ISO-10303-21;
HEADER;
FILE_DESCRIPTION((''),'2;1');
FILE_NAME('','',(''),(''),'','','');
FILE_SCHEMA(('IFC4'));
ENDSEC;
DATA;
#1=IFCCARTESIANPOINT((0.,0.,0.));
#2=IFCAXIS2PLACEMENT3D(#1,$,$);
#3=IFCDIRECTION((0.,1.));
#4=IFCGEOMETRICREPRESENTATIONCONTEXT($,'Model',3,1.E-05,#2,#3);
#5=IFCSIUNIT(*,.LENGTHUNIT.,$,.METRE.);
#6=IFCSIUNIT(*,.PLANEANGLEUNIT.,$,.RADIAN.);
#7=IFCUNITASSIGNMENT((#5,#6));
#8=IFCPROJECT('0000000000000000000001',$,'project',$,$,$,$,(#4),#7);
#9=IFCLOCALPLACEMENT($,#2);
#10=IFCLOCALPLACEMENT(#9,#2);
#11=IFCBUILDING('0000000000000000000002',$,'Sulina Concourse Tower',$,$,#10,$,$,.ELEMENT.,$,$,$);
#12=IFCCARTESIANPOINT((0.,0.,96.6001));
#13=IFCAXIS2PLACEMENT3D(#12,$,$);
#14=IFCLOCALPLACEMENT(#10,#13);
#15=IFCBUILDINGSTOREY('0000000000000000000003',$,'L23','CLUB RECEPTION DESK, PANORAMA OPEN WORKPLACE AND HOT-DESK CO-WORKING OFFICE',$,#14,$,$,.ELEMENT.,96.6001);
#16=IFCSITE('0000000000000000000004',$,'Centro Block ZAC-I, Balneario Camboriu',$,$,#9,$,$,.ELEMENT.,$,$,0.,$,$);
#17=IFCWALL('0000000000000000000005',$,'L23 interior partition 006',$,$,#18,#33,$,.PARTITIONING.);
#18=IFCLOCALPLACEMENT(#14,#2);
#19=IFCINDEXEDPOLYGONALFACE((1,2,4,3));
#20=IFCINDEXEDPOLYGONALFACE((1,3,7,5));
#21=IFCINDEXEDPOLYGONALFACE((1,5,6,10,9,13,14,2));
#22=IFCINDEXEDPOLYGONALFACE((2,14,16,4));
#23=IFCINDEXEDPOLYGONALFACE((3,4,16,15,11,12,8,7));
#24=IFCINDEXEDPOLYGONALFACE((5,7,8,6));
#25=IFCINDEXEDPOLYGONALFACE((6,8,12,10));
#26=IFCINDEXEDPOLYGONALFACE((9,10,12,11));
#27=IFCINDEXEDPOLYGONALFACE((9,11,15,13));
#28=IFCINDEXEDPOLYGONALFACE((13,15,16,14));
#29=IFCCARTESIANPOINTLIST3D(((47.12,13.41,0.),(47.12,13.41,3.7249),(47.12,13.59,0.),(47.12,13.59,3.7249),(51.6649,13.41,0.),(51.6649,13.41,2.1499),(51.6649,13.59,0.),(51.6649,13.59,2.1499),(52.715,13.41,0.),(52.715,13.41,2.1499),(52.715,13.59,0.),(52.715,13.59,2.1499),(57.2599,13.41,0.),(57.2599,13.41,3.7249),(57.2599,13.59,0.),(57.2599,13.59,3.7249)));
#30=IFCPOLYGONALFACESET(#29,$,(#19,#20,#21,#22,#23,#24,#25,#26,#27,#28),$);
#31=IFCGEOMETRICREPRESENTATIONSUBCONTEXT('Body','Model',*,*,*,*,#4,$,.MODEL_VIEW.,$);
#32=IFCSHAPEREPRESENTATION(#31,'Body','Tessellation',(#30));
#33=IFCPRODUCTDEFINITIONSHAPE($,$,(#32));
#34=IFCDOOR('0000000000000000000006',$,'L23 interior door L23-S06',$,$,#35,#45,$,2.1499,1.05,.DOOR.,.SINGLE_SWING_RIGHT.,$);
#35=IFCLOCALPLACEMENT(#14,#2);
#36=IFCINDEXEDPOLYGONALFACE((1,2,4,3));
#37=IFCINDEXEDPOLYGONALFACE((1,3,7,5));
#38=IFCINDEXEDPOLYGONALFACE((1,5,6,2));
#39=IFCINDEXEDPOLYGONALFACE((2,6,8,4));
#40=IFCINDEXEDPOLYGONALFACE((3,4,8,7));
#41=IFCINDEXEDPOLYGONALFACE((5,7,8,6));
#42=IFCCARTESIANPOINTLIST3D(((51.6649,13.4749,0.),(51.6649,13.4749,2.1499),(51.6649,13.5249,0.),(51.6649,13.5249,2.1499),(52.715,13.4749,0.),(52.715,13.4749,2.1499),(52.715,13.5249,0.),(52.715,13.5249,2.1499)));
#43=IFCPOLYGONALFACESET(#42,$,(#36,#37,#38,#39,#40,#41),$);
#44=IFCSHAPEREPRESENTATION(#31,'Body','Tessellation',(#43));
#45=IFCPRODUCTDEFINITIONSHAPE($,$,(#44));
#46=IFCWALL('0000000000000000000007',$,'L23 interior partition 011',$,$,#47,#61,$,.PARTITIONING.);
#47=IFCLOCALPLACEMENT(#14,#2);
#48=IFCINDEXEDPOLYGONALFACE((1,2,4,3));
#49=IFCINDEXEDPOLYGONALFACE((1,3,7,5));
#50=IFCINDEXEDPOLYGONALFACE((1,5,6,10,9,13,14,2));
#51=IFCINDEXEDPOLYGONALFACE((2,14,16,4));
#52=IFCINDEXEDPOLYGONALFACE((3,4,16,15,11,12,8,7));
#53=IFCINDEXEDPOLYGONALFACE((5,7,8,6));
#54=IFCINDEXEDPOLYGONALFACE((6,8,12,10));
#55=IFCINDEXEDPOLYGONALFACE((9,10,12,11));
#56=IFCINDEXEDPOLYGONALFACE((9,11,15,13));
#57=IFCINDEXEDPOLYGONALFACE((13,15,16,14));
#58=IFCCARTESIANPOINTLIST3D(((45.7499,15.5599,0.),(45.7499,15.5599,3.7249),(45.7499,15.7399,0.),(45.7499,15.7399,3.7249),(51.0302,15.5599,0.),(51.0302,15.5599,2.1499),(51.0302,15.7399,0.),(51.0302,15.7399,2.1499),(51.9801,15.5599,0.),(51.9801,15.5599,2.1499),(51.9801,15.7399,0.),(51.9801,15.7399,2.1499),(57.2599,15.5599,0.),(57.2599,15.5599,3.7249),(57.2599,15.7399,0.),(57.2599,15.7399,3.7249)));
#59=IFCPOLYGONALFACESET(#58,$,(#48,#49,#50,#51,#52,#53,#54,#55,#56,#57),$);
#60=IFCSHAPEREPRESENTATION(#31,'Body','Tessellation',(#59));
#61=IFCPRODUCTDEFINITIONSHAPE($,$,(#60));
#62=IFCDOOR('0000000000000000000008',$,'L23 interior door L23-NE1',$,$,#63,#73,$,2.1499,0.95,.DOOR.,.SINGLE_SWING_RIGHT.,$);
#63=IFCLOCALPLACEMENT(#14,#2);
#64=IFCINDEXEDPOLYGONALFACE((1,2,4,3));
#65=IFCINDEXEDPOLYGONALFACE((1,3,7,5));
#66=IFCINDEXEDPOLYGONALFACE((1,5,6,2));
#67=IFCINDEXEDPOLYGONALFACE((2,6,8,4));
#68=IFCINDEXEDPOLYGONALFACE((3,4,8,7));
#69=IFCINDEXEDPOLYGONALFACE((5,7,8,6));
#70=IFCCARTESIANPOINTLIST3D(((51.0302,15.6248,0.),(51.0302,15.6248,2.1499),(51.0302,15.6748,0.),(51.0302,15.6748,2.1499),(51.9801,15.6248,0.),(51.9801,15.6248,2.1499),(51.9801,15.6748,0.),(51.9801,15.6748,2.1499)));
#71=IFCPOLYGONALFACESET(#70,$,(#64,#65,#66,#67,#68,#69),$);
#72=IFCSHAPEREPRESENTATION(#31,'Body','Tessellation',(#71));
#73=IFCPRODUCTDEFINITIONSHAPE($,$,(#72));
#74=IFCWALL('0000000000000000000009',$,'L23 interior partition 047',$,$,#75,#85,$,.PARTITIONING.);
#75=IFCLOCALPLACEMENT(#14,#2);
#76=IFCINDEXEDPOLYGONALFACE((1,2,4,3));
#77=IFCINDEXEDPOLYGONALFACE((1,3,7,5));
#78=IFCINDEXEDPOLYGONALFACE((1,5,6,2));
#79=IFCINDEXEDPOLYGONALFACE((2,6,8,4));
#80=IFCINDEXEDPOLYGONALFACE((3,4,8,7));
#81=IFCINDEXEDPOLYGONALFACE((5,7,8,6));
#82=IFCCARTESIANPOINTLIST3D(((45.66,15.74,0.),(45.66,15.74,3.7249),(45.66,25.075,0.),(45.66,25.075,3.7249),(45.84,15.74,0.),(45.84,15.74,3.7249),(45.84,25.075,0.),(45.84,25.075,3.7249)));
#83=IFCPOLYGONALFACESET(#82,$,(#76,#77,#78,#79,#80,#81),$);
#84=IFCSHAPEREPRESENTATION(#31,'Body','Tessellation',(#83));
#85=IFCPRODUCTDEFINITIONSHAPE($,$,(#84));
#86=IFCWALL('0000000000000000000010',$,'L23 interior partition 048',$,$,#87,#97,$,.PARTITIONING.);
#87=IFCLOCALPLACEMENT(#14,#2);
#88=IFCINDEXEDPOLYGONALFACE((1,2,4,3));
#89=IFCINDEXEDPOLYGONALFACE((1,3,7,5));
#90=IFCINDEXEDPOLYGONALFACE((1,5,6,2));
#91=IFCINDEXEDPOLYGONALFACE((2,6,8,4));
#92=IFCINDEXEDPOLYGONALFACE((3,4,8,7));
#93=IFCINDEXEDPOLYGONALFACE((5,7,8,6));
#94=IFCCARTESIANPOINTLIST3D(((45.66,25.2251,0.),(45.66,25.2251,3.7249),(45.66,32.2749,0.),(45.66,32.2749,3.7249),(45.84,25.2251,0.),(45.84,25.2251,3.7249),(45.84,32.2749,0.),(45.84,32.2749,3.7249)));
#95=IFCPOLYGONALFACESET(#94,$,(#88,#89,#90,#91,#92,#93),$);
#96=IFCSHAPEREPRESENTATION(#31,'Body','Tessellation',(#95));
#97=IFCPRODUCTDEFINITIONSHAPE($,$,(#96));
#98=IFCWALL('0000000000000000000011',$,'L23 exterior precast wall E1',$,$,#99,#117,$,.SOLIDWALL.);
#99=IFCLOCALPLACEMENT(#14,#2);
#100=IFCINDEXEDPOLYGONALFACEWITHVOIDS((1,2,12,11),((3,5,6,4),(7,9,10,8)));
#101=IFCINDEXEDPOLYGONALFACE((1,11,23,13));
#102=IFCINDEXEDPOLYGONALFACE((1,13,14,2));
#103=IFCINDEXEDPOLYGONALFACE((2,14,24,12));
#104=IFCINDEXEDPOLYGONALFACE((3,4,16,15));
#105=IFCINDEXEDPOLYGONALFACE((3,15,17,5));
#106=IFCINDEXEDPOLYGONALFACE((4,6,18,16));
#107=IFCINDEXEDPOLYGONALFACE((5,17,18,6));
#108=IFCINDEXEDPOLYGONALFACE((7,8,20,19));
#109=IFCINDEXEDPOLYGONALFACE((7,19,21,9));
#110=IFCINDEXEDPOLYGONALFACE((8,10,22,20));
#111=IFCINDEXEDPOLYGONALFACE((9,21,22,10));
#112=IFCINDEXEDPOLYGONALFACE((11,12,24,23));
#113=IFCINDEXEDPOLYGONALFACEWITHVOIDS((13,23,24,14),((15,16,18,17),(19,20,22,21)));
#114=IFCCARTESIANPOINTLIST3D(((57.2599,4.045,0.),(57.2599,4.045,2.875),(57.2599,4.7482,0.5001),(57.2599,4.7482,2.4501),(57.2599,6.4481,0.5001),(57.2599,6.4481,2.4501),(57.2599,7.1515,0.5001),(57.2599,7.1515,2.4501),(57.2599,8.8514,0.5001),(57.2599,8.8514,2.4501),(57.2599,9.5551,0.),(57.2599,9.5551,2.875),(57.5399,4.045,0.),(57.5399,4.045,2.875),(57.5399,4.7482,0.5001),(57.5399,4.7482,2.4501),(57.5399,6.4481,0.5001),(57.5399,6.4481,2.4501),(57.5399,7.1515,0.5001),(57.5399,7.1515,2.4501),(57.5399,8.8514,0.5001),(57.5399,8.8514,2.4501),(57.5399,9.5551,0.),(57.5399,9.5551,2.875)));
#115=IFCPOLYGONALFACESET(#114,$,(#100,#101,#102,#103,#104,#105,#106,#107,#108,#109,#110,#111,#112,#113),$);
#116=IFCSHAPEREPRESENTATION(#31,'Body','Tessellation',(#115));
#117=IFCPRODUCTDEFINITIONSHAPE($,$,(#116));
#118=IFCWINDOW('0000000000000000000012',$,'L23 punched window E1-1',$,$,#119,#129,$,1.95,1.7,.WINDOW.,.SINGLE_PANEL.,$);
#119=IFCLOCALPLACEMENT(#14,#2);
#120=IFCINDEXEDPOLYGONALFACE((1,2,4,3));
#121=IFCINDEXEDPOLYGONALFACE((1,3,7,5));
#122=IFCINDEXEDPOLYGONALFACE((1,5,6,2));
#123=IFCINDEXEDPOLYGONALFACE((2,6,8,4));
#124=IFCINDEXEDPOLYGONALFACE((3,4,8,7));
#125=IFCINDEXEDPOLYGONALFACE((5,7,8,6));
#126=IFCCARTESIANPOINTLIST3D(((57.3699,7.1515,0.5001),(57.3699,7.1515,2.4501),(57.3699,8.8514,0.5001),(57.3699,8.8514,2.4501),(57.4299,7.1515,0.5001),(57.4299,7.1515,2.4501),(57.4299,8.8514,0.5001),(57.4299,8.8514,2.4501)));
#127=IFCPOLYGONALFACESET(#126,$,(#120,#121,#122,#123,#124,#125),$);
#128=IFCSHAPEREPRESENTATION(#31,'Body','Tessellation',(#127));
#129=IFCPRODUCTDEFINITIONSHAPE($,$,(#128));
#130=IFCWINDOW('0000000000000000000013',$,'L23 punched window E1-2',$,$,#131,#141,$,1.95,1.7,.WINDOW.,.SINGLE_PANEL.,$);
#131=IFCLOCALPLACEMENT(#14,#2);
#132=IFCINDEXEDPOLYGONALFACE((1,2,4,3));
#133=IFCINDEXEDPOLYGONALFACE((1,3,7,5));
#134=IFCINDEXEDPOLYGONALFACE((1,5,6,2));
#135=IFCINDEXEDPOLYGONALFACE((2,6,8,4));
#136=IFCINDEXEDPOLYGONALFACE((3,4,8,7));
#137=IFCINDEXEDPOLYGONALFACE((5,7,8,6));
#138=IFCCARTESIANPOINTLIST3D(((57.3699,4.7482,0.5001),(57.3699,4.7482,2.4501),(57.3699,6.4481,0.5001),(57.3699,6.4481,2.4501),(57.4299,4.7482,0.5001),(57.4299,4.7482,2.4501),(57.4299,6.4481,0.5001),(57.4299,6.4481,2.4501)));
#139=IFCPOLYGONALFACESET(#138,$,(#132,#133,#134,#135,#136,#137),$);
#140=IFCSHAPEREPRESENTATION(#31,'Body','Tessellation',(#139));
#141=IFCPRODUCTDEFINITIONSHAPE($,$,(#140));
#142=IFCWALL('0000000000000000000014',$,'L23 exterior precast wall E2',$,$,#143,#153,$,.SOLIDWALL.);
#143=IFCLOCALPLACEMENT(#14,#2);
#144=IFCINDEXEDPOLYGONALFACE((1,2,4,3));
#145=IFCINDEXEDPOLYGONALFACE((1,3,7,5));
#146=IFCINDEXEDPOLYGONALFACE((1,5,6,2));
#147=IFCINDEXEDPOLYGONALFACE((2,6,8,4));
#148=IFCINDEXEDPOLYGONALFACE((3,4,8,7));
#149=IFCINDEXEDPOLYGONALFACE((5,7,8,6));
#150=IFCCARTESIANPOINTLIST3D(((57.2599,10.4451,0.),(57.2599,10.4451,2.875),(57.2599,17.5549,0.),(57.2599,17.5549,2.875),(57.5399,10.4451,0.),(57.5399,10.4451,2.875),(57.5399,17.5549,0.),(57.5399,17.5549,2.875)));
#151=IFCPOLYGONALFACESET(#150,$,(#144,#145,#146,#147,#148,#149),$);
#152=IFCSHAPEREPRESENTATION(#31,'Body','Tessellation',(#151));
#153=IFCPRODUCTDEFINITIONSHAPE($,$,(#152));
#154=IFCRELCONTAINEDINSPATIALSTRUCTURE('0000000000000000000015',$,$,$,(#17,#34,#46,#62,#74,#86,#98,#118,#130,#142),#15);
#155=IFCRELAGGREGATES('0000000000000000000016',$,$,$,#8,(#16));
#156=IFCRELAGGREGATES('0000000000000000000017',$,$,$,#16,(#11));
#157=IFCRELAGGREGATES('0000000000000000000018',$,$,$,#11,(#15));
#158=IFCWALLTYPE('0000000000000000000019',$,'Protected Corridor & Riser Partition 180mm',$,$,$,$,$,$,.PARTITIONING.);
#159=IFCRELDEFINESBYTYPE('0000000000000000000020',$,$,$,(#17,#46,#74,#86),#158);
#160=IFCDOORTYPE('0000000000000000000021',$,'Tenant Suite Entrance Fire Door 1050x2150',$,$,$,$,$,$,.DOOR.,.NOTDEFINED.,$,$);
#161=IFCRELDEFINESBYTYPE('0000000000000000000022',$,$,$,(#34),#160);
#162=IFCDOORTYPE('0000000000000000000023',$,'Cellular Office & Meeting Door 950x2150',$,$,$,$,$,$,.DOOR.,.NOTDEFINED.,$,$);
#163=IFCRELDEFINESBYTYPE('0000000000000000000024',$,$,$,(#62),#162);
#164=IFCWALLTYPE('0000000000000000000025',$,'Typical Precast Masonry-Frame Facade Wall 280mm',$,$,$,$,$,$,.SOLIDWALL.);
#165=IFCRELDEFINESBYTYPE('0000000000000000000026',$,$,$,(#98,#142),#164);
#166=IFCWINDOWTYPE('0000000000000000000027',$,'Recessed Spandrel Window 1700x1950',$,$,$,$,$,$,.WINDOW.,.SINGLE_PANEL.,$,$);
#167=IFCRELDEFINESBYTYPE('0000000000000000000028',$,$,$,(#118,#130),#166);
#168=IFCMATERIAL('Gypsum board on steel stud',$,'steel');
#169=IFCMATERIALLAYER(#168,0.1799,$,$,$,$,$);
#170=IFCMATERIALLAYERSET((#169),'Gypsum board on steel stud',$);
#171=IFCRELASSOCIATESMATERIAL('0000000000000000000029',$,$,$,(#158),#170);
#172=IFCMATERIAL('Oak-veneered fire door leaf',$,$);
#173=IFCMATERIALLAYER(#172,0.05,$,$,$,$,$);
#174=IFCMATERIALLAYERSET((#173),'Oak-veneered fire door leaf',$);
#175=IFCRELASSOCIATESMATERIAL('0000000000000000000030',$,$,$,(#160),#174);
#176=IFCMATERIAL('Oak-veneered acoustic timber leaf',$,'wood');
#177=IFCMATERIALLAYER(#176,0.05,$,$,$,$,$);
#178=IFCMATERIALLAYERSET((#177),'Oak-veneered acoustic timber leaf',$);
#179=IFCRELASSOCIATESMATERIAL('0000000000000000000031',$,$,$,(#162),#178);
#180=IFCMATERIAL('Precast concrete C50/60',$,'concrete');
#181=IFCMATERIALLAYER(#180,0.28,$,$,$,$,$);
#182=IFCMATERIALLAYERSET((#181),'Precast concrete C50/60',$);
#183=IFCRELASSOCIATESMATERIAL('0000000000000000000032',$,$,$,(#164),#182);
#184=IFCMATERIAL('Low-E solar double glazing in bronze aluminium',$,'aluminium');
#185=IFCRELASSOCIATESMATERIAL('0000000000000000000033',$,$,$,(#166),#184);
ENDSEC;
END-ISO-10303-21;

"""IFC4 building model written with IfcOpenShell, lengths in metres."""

from ifc_helpers import new_model, si_unit, direction, frame, frame_2d, origin, place, context, subcontext, project, spatial, rectangle, extrude, material, layer, layer_set, type_object, element, fill, save


model = new_model("IFC4")

# Units and contexts
model_context = context("Model", 3, precision=1e-05, world=origin(), true_north=direction((0.0, 1.0)))
body_context = subcontext(model_context, "Body", "Model", "MODEL_VIEW")
ifc_project = project(units=[si_unit("LENGTHUNIT", "METRE"), si_unit("PLANEANGLEUNIT", "RADIAN")], contexts=[model_context])

# Site, building, storey
site_placement = place(None, origin())
site = spatial("IfcSite", under=ifc_project, at=site_placement, Name="Centro Block ZAC-I, Balneario Camboriu", CompositionType="ELEMENT", RefElevation=0.0)
building_placement = place(site_placement, origin())
building = spatial("IfcBuilding", under=site, at=building_placement, Name="Sulina Concourse Tower", CompositionType="ELEMENT")
storey_placement = place(building_placement, frame((0.0, 0.0, 96.6001)))
storey = spatial("IfcBuildingStorey", under=building, at=storey_placement, Name="L23", Description="CLUB RECEPTION DESK, PANORAMA OPEN WORKPLACE AND HOT-DESK CO-WORKING OFFICE", CompositionType="ELEMENT", Elevation=96.6001)

# Walls, openings, doors
ifc_material_1 = material(Name="Gypsum board on steel stud", Category="steel")
ifc_layer_1 = layer(ifc_material_1, 0.1799)
ifc_layer_set_1 = layer_set([ifc_layer_1], Name="Gypsum board on steel stud")
wall_type_1 = type_object("IfcWallType", Name="Protected Corridor & Riser Partition 180mm", PredefinedType="PARTITIONING", material=ifc_layer_set_1)
wall_1_placement = place(storey_placement, frame((47.1201, 13.5, 0.0), z_axis=(0.0, 0.0, 1.0), x_axis=(1.0, 0.0, 0.0)))
wall_1 = element("IfcWall", 1, at=wall_1_placement, inside=storey, type_object=wall_type_1, Name="L23 interior partition 006", PredefinedType="PARTITIONING", context=body_context, shape_type="SweptSolid", body=[
    extrude(rectangle(XDim=10.1399, YDim=0.1799, at=frame_2d((5.0698, 0.0))), origin(), (0.0, 0.0, 1.0), 3.7249),
])
opening_1_placement = place(wall_1_placement, frame((4.5449, 0.0, 0.0)))
opening_1 = element("IfcOpeningElement", 2, at=opening_1_placement, cuts=wall_1, PredefinedType="OPENING", context=body_context, shape_type="SweptSolid", body=[
    extrude(rectangle(XDim=1.05, YDim=2.1499, at=frame_2d((0.5249, 1.075))), frame((0.0, 0.0999, 0.0), z_axis=(0.0, -1.0, 0.0), x_axis=(1.0, 0.0, 0.0)), (0.0, 0.0, 1.0), 0.2),
])
ifc_material_2 = material(Name="Oak-veneered fire door leaf")
ifc_layer_2 = layer(ifc_material_2, 0.05)
ifc_layer_set_2 = layer_set([ifc_layer_2], Name="Oak-veneered fire door leaf")
door_type_1 = type_object("IfcDoorType", Name="Tenant Suite Entrance Fire Door 1050x2150", OperationType="NOTDEFINED", PredefinedType="DOOR", material=ifc_layer_set_2)
door_1_placement = place(opening_1_placement, origin())
door_1 = element("IfcDoor", 3, at=door_1_placement, inside=storey, type_object=door_type_1, Name="L23 interior door L23-S06", OperationType="SINGLE_SWING_RIGHT", OverallHeight=2.1499, OverallWidth=1.05, PredefinedType="DOOR", context=body_context, shape_type="SweptSolid", body=[
    extrude(rectangle(XDim=1.05, YDim=2.1499, at=frame_2d((0.5249, 1.075))), frame((0.0, 0.0249, 0.0), z_axis=(0.0, -1.0, 0.0), x_axis=(1.0, 0.0, 0.0)), (0.0, 0.0, 1.0), 0.05),
])
fill(opening_1, door_1)
wall_2_placement = place(storey_placement, frame((45.75, 15.6499, 0.0), z_axis=(0.0, 0.0, 1.0), x_axis=(1.0, 0.0, 0.0)))
wall_2 = element("IfcWall", 4, at=wall_2_placement, inside=storey, type_object=wall_type_1, Name="L23 interior partition 011", PredefinedType="PARTITIONING", context=body_context, shape_type="SweptSolid", body=[
    extrude(rectangle(XDim=11.51, YDim=0.1799, at=frame_2d((5.7549, 0.0))), origin(), (0.0, 0.0, 1.0), 3.7249),
])
opening_2_placement = place(wall_2_placement, frame((5.28, 0.0, 0.0)))
opening_2 = element("IfcOpeningElement", 5, at=opening_2_placement, cuts=wall_2, PredefinedType="OPENING", context=body_context, shape_type="SweptSolid", body=[
    extrude(rectangle(XDim=0.95, YDim=2.1499, at=frame_2d((0.4751, 1.075))), frame((0.0, 0.0999, 0.0), z_axis=(0.0, -1.0, 0.0), x_axis=(1.0, 0.0, 0.0)), (0.0, 0.0, 1.0), 0.2),
])
ifc_material_3 = material(Name="Oak-veneered acoustic timber leaf", Category="wood")
ifc_layer_3 = layer(ifc_material_3, 0.05)
ifc_layer_set_3 = layer_set([ifc_layer_3], Name="Oak-veneered acoustic timber leaf")
door_type_2 = type_object("IfcDoorType", Name="Cellular Office & Meeting Door 950x2150", OperationType="NOTDEFINED", PredefinedType="DOOR", material=ifc_layer_set_3)
door_2_placement = place(opening_2_placement, origin())
door_2 = element("IfcDoor", 6, at=door_2_placement, inside=storey, type_object=door_type_2, Name="L23 interior door L23-NE1", OperationType="SINGLE_SWING_RIGHT", OverallHeight=2.1499, OverallWidth=0.95, PredefinedType="DOOR", context=body_context, shape_type="SweptSolid", body=[
    extrude(rectangle(XDim=0.95, YDim=2.1499, at=frame_2d((0.4751, 1.075))), frame((0.0, 0.0249, 0.0), z_axis=(0.0, -1.0, 0.0), x_axis=(1.0, 0.0, 0.0)), (0.0, 0.0, 1.0), 0.05),
])
fill(opening_2, door_2)

# Walls
wall_3_placement = place(storey_placement, frame((45.75, 15.74, 0.0), z_axis=(0.0, 0.0, 1.0), x_axis=(0.0, 1.0, 0.0)))
element("IfcWall", 7, at=wall_3_placement, inside=storey, type_object=wall_type_1, Name="L23 interior partition 047", PredefinedType="PARTITIONING", context=body_context, shape_type="SweptSolid", body=[
    extrude(rectangle(XDim=9.335, YDim=0.1799, at=frame_2d((4.6675, 0.0))), origin(), (0.0, 0.0, 1.0), 3.7249),
])
wall_4_placement = place(storey_placement, frame((45.75, 25.2251, 0.0), z_axis=(0.0, 0.0, 1.0), x_axis=(0.0, 1.0, 0.0)))
element("IfcWall", 8, at=wall_4_placement, inside=storey, type_object=wall_type_1, Name="L23 interior partition 048", PredefinedType="PARTITIONING", context=body_context, shape_type="SweptSolid", body=[
    extrude(rectangle(XDim=7.0498, YDim=0.1799, at=frame_2d((3.5249, 0.0))), origin(), (0.0, 0.0, 1.0), 3.7249),
])

# Wall, openings, windows
ifc_material_4 = material(Name="Precast concrete C50/60", Category="concrete")
ifc_layer_4 = layer(ifc_material_4, 0.28)
ifc_layer_set_4 = layer_set([ifc_layer_4], Name="Precast concrete C50/60")
wall_type_2 = type_object("IfcWallType", Name="Typical Precast Masonry-Frame Facade Wall 280mm", PredefinedType="SOLIDWALL", material=ifc_layer_set_4)
wall_5_placement = place(storey_placement, frame((57.3999, 9.5549, 0.0), z_axis=(0.0, 0.0, 1.0), x_axis=(0.0, -1.0, 0.0)))
wall_5 = element("IfcWall", 9, at=wall_5_placement, inside=storey, type_object=wall_type_2, Name="L23 exterior precast wall E1", PredefinedType="SOLIDWALL", context=body_context, shape_type="SweptSolid", body=[
    extrude(rectangle(XDim=5.51, YDim=0.28, at=frame_2d((2.7549, 0.0))), origin(), (0.0, 0.0, 1.0), 2.875),
])
opening_3_placement = place(wall_5_placement, frame((0.7034, 0.0, 0.5)))
opening_3 = element("IfcOpeningElement", 10, at=opening_3_placement, cuts=wall_5, PredefinedType="OPENING", context=body_context, shape_type="SweptSolid", body=[
    extrude(rectangle(XDim=1.7, YDim=1.95, at=frame_2d((0.8501, 0.9751))), frame((0.0, 0.1499, 0.0), z_axis=(0.0, -1.0, 0.0), x_axis=(1.0, 0.0, 0.0)), (0.0, 0.0, 1.0), 0.3),
])
opening_4_placement = place(wall_5_placement, frame((3.1067, 0.0, 0.5)))
opening_4 = element("IfcOpeningElement", 11, at=opening_4_placement, cuts=wall_5, PredefinedType="OPENING", context=body_context, shape_type="SweptSolid", body=[
    extrude(rectangle(XDim=1.7, YDim=1.95, at=frame_2d((0.8501, 0.9751))), frame((0.0, 0.1499, 0.0), z_axis=(0.0, -1.0, 0.0), x_axis=(1.0, 0.0, 0.0)), (0.0, 0.0, 1.0), 0.3),
])
ifc_material_5 = material(Name="Low-E solar double glazing in bronze aluminium", Category="aluminium")
window_type = type_object("IfcWindowType", Name="Recessed Spandrel Window 1700x1950", PartitioningType="SINGLE_PANEL", PredefinedType="WINDOW", material=ifc_material_5)
window_1_placement = place(opening_3_placement, origin())
window_1 = element("IfcWindow", 12, at=window_1_placement, inside=storey, type_object=window_type, Name="L23 punched window E1-1", OverallHeight=1.95, OverallWidth=1.7, PartitioningType="SINGLE_PANEL", PredefinedType="WINDOW", context=body_context, shape_type="SweptSolid", body=[
    extrude(rectangle(XDim=1.7, YDim=1.95, at=frame_2d((0.8501, 0.9751))), frame((0.0, 0.03, 0.0), z_axis=(0.0, -1.0, 0.0), x_axis=(1.0, 0.0, 0.0)), (0.0, 0.0, 1.0), 0.0601),
])
fill(opening_3, window_1)
window_2_placement = place(opening_4_placement, origin())
window_2 = element("IfcWindow", 13, at=window_2_placement, inside=storey, type_object=window_type, Name="L23 punched window E1-2", OverallHeight=1.95, OverallWidth=1.7, PartitioningType="SINGLE_PANEL", PredefinedType="WINDOW", context=body_context, shape_type="SweptSolid", body=[
    extrude(rectangle(XDim=1.7, YDim=1.95, at=frame_2d((0.8501, 0.9751))), frame((0.0, 0.03, 0.0), z_axis=(0.0, -1.0, 0.0), x_axis=(1.0, 0.0, 0.0)), (0.0, 0.0, 1.0), 0.0601),
])
fill(opening_4, window_2)

# Wall
wall_6_placement = place(storey_placement, frame((57.3999, 17.5549, 0.0), z_axis=(0.0, 0.0, 1.0), x_axis=(0.0, -1.0, 0.0)))
element("IfcWall", 14, at=wall_6_placement, inside=storey, type_object=wall_type_2, Name="L23 exterior precast wall E2", PredefinedType="SOLIDWALL", context=body_context, shape_type="SweptSolid", body=[
    extrude(rectangle(XDim=7.1099, YDim=0.28, at=frame_2d((3.5549, 0.0))), origin(), (0.0, 0.0, 1.0), 2.875),
])

save(model, "model.ifc")
